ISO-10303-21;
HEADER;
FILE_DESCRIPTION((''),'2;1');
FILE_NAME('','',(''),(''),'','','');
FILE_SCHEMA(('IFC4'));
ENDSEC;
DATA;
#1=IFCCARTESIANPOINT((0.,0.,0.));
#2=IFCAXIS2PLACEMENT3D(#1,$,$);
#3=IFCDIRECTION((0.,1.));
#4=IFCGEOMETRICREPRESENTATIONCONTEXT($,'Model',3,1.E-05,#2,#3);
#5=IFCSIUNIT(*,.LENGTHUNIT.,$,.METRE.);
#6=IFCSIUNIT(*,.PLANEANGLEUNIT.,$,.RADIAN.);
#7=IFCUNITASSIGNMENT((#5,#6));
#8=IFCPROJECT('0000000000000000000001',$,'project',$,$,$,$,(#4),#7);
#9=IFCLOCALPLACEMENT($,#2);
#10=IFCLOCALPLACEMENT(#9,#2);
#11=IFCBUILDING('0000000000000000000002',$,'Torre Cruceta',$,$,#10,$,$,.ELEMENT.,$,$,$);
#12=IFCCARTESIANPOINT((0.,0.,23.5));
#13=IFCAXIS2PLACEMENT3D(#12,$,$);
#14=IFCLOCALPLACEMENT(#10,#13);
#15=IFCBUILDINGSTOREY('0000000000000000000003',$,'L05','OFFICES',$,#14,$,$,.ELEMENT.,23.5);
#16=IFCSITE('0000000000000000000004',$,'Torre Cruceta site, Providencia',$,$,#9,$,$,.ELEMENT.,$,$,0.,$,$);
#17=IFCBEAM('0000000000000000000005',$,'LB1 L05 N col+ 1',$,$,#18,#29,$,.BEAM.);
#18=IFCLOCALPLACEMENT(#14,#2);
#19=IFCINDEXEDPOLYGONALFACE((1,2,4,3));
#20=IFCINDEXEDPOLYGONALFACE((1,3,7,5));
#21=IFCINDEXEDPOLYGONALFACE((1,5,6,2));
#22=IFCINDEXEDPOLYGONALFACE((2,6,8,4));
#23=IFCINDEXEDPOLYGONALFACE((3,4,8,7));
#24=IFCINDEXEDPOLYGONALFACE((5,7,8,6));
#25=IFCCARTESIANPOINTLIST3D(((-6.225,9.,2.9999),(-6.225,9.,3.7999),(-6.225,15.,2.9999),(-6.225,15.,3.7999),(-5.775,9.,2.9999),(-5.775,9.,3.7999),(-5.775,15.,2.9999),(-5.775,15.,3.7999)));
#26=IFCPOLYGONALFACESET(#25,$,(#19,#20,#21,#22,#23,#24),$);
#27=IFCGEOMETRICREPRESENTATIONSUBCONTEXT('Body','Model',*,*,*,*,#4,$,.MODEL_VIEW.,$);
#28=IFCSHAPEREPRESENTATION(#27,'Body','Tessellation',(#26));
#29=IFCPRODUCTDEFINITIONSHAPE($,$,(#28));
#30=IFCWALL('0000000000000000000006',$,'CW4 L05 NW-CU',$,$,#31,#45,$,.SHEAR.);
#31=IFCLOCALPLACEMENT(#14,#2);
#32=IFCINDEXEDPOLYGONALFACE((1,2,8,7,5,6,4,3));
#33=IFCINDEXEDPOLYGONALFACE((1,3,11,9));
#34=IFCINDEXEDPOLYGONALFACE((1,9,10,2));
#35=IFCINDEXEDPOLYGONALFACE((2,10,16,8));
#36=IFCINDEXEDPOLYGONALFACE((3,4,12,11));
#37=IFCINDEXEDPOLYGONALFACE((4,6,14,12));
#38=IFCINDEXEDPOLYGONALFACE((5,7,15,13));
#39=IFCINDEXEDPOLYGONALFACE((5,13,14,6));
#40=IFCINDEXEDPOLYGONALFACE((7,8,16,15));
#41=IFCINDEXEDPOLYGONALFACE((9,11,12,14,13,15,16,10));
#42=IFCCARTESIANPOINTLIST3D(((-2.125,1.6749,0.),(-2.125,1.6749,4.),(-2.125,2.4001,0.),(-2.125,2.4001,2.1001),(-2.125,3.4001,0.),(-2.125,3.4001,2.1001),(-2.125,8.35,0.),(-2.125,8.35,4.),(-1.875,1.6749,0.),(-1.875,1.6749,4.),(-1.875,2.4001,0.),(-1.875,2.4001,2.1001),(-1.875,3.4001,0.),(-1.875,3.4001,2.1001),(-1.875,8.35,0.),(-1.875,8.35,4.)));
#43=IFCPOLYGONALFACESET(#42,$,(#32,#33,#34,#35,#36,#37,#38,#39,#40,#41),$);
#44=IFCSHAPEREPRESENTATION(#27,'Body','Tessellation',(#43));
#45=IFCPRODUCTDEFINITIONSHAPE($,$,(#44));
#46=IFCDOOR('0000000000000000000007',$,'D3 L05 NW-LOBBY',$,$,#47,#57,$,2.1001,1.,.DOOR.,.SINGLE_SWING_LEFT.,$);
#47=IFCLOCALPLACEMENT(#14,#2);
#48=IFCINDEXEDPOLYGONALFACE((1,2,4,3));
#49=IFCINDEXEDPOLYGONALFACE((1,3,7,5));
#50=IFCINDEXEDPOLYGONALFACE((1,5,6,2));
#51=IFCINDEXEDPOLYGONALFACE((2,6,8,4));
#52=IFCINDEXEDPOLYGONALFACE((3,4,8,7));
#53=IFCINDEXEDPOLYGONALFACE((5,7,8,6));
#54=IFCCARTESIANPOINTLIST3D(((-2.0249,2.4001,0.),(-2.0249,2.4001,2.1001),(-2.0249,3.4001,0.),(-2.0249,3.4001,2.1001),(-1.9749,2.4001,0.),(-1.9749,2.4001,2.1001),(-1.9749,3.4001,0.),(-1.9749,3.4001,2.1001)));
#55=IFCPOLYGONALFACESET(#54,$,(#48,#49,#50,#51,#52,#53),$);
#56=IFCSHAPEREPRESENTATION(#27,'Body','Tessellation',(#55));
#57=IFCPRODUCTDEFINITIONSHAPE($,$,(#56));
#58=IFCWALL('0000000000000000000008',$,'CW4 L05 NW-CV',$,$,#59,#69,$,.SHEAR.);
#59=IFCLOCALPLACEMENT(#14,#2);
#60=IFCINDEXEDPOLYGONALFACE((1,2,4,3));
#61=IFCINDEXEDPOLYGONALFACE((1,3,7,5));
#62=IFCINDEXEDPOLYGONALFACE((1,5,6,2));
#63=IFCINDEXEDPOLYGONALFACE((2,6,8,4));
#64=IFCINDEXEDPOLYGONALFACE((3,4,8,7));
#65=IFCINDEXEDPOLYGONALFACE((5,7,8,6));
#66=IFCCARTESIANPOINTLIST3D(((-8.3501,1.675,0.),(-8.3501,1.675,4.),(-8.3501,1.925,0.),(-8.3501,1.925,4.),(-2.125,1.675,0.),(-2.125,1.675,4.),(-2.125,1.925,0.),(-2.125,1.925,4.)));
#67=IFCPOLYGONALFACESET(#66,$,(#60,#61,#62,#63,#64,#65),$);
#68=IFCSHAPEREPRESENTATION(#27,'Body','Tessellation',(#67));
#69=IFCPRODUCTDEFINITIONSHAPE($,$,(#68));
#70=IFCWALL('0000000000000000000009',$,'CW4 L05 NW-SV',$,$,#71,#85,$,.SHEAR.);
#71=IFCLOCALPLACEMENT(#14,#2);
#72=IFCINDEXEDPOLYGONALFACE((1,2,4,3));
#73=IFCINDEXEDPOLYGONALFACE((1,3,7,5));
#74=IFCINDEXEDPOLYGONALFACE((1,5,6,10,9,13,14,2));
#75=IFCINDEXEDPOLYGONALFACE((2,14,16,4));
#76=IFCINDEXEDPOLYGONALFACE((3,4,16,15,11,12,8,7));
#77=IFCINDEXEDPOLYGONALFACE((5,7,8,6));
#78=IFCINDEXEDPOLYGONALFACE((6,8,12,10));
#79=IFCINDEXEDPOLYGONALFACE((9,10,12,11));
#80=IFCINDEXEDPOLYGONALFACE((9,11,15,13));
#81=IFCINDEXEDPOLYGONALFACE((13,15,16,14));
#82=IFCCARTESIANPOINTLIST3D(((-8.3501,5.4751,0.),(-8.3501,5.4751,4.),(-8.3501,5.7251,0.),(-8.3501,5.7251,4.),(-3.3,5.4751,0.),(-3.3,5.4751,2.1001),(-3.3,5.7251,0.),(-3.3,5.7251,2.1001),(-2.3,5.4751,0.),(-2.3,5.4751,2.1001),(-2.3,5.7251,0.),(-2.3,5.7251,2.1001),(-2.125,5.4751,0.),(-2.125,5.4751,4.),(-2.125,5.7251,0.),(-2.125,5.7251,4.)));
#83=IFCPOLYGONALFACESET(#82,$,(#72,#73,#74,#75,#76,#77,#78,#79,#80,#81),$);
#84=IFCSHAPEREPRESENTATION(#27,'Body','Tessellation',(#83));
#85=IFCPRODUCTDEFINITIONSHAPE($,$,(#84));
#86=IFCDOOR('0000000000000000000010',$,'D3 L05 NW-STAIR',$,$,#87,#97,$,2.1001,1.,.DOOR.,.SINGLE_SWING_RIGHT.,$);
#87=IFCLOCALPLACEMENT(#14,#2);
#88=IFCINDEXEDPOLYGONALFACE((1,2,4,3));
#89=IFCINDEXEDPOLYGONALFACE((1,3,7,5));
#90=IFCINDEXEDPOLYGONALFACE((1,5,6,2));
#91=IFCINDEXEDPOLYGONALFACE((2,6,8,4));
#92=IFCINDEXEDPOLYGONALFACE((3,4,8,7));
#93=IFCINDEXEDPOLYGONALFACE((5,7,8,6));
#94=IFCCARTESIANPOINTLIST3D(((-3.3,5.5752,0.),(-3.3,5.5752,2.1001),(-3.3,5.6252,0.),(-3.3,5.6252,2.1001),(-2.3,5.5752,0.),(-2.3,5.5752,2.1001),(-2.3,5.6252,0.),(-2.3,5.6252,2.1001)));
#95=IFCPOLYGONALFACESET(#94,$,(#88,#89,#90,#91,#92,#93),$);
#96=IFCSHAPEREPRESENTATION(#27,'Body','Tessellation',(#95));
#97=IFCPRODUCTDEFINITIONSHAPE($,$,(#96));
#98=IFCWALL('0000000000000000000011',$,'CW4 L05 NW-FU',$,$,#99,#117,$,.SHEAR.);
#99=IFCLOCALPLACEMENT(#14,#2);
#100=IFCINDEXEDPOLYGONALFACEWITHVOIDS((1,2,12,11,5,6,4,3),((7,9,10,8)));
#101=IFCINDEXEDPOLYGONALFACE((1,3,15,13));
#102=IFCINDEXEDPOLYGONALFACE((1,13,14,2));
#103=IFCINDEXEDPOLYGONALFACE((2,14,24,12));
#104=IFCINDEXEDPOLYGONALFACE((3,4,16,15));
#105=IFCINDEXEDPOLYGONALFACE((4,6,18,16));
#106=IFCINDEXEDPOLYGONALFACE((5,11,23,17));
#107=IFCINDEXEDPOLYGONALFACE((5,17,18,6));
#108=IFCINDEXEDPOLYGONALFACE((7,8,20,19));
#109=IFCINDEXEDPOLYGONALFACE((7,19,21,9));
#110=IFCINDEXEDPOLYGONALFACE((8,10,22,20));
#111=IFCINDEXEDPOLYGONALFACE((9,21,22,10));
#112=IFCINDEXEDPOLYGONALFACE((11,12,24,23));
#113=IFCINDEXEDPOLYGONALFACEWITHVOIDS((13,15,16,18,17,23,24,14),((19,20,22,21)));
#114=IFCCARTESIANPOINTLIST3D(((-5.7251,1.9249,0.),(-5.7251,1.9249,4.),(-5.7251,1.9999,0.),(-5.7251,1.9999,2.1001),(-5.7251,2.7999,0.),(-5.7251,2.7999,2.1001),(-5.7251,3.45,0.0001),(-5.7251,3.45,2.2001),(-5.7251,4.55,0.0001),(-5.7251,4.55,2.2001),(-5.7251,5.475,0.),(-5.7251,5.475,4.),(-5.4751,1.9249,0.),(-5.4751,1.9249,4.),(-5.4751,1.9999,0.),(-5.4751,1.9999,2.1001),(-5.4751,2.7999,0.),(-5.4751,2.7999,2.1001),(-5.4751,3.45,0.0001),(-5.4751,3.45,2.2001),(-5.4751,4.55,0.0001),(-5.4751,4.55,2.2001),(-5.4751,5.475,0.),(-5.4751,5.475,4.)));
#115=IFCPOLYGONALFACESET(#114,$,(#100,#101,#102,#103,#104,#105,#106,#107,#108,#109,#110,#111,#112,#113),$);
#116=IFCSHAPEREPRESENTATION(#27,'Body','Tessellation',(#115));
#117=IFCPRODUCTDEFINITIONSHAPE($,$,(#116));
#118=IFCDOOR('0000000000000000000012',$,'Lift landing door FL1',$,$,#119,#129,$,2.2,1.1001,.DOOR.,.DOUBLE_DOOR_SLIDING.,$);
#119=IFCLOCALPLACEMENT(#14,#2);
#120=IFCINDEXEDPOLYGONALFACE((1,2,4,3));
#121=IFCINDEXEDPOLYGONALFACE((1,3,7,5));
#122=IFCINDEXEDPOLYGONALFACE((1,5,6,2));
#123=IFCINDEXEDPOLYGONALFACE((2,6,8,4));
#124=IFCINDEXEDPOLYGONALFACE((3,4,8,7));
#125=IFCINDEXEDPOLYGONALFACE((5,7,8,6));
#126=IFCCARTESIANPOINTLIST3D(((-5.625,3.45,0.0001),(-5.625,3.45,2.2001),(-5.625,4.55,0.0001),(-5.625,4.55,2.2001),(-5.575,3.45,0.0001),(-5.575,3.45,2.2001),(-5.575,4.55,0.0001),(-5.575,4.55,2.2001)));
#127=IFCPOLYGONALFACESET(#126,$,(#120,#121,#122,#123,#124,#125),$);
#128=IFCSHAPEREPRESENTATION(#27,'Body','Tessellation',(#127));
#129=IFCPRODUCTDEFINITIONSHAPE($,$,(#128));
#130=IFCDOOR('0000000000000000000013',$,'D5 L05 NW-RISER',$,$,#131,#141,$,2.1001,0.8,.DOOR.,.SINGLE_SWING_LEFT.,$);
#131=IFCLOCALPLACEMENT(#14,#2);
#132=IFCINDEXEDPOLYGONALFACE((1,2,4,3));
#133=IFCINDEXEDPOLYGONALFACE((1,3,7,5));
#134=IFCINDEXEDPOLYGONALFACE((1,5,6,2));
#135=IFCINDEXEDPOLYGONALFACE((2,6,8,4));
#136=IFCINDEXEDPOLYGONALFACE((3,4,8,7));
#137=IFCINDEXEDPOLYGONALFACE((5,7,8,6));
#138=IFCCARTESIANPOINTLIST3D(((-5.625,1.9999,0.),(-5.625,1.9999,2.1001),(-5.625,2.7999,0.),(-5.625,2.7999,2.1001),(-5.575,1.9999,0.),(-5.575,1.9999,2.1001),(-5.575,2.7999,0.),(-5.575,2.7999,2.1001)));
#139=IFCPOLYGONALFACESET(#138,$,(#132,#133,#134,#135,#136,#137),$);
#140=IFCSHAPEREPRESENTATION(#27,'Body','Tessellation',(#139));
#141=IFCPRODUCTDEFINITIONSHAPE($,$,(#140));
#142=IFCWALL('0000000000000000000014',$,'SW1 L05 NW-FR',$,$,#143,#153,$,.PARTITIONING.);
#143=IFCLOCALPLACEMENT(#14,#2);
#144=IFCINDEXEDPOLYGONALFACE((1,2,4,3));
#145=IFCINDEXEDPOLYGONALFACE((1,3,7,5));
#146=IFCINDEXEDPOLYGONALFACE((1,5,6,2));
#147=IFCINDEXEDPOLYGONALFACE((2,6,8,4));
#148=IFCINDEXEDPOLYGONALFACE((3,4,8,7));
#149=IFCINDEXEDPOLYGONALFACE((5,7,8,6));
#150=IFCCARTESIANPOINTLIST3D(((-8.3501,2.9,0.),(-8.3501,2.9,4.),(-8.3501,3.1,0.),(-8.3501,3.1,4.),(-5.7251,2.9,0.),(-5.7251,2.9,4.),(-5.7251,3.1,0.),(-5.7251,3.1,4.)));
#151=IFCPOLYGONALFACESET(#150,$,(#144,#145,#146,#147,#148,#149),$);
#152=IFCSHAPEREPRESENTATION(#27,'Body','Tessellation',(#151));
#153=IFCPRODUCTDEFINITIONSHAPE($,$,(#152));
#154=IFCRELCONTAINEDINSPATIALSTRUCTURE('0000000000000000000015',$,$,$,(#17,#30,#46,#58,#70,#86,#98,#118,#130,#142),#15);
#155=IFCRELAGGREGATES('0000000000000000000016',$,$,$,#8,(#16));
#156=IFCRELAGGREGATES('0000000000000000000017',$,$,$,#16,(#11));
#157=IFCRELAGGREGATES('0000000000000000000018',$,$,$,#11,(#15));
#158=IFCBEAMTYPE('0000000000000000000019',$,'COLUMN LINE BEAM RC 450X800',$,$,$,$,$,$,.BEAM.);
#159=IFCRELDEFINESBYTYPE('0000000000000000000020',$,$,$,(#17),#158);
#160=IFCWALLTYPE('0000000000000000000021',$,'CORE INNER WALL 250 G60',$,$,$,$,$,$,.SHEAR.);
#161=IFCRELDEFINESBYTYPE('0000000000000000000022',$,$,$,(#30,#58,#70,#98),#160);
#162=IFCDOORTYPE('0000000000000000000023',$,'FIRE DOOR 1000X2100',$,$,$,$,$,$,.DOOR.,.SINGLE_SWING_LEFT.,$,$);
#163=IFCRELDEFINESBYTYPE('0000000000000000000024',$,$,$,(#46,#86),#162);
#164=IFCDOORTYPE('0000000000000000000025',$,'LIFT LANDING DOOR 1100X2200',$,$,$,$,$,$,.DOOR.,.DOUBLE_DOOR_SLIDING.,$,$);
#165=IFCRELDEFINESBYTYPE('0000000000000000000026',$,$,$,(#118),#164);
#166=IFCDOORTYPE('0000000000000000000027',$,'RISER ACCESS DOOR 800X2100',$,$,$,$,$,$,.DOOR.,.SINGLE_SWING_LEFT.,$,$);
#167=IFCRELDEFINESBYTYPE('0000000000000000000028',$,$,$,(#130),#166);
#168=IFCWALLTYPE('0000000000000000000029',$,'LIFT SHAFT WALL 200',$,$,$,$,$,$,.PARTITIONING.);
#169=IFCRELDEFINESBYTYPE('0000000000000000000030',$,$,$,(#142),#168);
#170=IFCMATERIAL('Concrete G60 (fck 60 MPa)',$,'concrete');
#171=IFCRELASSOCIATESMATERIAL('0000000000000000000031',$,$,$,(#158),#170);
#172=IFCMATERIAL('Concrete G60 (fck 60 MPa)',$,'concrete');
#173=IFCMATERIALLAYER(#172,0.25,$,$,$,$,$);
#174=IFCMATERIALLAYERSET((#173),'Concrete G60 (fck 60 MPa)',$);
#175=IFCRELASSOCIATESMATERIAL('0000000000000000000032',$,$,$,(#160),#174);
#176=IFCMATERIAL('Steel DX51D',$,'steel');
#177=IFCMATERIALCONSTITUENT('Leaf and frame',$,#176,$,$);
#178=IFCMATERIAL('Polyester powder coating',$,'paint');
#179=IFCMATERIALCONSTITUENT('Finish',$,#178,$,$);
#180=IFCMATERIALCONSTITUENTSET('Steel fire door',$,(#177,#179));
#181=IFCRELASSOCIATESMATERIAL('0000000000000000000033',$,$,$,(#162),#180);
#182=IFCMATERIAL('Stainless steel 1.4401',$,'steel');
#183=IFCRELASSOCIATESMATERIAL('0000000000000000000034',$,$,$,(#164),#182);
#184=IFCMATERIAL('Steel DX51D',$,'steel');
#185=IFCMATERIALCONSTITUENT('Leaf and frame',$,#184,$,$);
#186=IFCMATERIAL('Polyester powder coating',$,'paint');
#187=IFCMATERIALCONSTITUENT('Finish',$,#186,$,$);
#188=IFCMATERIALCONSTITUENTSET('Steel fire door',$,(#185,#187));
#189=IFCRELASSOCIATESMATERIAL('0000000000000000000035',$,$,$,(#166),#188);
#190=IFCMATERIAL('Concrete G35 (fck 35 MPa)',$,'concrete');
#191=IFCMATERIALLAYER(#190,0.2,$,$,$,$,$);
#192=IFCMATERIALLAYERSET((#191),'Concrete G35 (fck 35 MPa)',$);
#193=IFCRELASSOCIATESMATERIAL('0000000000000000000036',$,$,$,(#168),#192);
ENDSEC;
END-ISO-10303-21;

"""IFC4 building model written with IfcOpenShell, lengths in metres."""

from ifc_helpers import new_model, si_unit, direction, frame, frame_2d, origin, origin_2d, place, context, subcontext, project, spatial, rectangle, extrude, material, layer, layer_set, constituent, constituent_set, material_profile, profile_set, type_object, element, fill, save


model = new_model("IFC4")

# Units and contexts
model_context = context("Model", 3, precision=1e-05, world=origin(), true_north=direction((0.0, 1.0)))
body_context = subcontext(model_context, "Body", "Model", "MODEL_VIEW")
ifc_project = project(units=[si_unit("LENGTHUNIT", "METRE"), si_unit("PLANEANGLEUNIT", "RADIAN")], contexts=[model_context])

# Site, building, storey
site_placement = place(None, origin())
site = spatial("IfcSite", under=ifc_project, at=site_placement, Name="Torre Cruceta site, Providencia", CompositionType="ELEMENT", RefElevation=0.0)
building_placement = place(site_placement, origin())
building = spatial("IfcBuilding", under=site, at=building_placement, Name="Torre Cruceta", CompositionType="ELEMENT")
storey_placement = place(building_placement, frame((0.0, 0.0, 23.5)))
storey = spatial("IfcBuildingStorey", under=building, at=storey_placement, Name="L05", Description="OFFICES", CompositionType="ELEMENT", Elevation=23.5)

# Beam
ifc_material_1 = material(Name="Concrete G60 (fck 60 MPa)", Category="concrete")
ifc_material_profile = material_profile(ifc_material_1, rectangle(XDim=0.45, YDim=0.8, at=origin_2d()), Name="RC 450X800")
ifc_profile_set = profile_set([ifc_material_profile], Name="Concrete G60 (fck 60 MPa)")
beam_type = type_object("IfcBeamType", Name="COLUMN LINE BEAM RC 450X800", PredefinedType="BEAM", material=ifc_profile_set)
beam_placement = place(storey_placement, frame((-6.0, 9.0, 3.3999), z_axis=(0.0, 1.0, 0.0), x_axis=(-1.0, 0.0, 0.0)))
element("IfcBeam", 1, at=beam_placement, inside=storey, type_object=beam_type, Name="LB1 L05 N col+ 1", PredefinedType="BEAM", context=body_context, shape_type="SweptSolid", body=[
    extrude(rectangle(XDim=0.45, YDim=0.8, at=origin_2d()), origin(), (0.0, 0.0, 1.0), 6.0),
])

# Wall, opening, door
ifc_material_2 = material(Name="Concrete G60 (fck 60 MPa)", Category="concrete")
ifc_layer_1 = layer(ifc_material_2, 0.25)
ifc_layer_set_1 = layer_set([ifc_layer_1], Name="Concrete G60 (fck 60 MPa)")
wall_type_1 = type_object("IfcWallType", Name="CORE INNER WALL 250 G60", PredefinedType="SHEAR", material=ifc_layer_set_1)
wall_1_placement = place(storey_placement, frame((-2.0, 1.675, 0.0), z_axis=(0.0, 0.0, 1.0), x_axis=(0.0, 1.0, 0.0)))
wall_1 = element("IfcWall", 2, at=wall_1_placement, inside=storey, type_object=wall_type_1, Name="CW4 L05 NW-CU", PredefinedType="SHEAR", context=body_context, shape_type="SweptSolid", body=[
    extrude(rectangle(XDim=6.675, YDim=0.25, at=frame_2d((3.3374, 0.0))), origin(), (0.0, 0.0, 1.0), 4.0),
])
opening_1_placement = place(wall_1_placement, frame((0.7251, 0.0, 0.0)))
opening_1 = element("IfcOpeningElement", 3, at=opening_1_placement, cuts=wall_1, PredefinedType="OPENING", context=body_context, shape_type="SweptSolid", body=[
    extrude(rectangle(XDim=1.0, YDim=2.1001, at=frame_2d((0.5, 1.05))), frame((0.0, 0.135, 0.0), z_axis=(0.0, -1.0, 0.0), x_axis=(1.0, 0.0, 0.0)), (0.0, 0.0, 1.0), 0.27),
])
ifc_material_3 = material(Name="Steel DX51D", Category="steel")
ifc_constituent_1 = constituent(ifc_material_3, Name="Leaf and frame")
ifc_material_4 = material(Name="Polyester powder coating", Category="paint")
ifc_constituent_2 = constituent(ifc_material_4, Name="Finish")
ifc_constituent_set_1 = constituent_set(constituents=[ifc_constituent_1, ifc_constituent_2], Name="Steel fire door")
door_type_1 = type_object("IfcDoorType", Name="FIRE DOOR 1000X2100", OperationType="SINGLE_SWING_LEFT", PredefinedType="DOOR", material=ifc_constituent_set_1)
door_1_placement = place(opening_1_placement, origin())
door_1 = element("IfcDoor", 4, at=door_1_placement, inside=storey, type_object=door_type_1, Name="D3 L05 NW-LOBBY", OperationType="SINGLE_SWING_LEFT", OverallHeight=2.1001, OverallWidth=1.0, PredefinedType="DOOR", context=body_context, shape_type="SweptSolid", body=[
    extrude(rectangle(XDim=1.0, YDim=2.1001, at=frame_2d((0.5, 1.05))), frame((0.0, 0.0249, 0.0), z_axis=(0.0, -1.0, 0.0), x_axis=(1.0, 0.0, 0.0)), (0.0, 0.0, 1.0), 0.05),
])
fill(opening_1, door_1)

# Wall
wall_2_placement = place(storey_placement, frame((-2.125, 1.8, 0.0), z_axis=(0.0, 0.0, 1.0), x_axis=(-1.0, 0.0, 0.0)))
element("IfcWall", 5, at=wall_2_placement, inside=storey, type_object=wall_type_1, Name="CW4 L05 NW-CV", PredefinedType="SHEAR", context=body_context, shape_type="SweptSolid", body=[
    extrude(rectangle(XDim=6.2251, YDim=0.25, at=frame_2d((3.1125, 0.0))), origin(), (0.0, 0.0, 1.0), 4.0),
])

# Wall, opening, door
wall_3_placement = place(storey_placement, frame((-2.125, 5.6001, 0.0), z_axis=(0.0, 0.0, 1.0), x_axis=(-1.0, 0.0, 0.0)))
wall_3 = element("IfcWall", 6, at=wall_3_placement, inside=storey, type_object=wall_type_1, Name="CW4 L05 NW-SV", PredefinedType="SHEAR", context=body_context, shape_type="SweptSolid", body=[
    extrude(rectangle(XDim=6.2251, YDim=0.25, at=frame_2d((3.1125, 0.0))), origin(), (0.0, 0.0, 1.0), 4.0),
])
opening_2_placement = place(wall_3_placement, frame((0.175, 0.0, 0.0)))
opening_2 = element("IfcOpeningElement", 7, at=opening_2_placement, cuts=wall_3, PredefinedType="OPENING", context=body_context, shape_type="SweptSolid", body=[
    extrude(rectangle(XDim=1.0, YDim=2.1001, at=frame_2d((0.5, 1.05))), frame((0.0, 0.135, 0.0), z_axis=(0.0, -1.0, 0.0), x_axis=(1.0, 0.0, 0.0)), (0.0, 0.0, 1.0), 0.27),
])
door_2_placement = place(opening_2_placement, frame((1.0, 0.0, 0.0), z_axis=(0.0, 0.0, 1.0), x_axis=(-1.0, 0.0, 0.0)))
door_2 = element("IfcDoor", 8, at=door_2_placement, inside=storey, type_object=door_type_1, Name="D3 L05 NW-STAIR", OperationType="SINGLE_SWING_RIGHT", OverallHeight=2.1001, OverallWidth=1.0, PredefinedType="DOOR", context=body_context, shape_type="SweptSolid", body=[
    extrude(rectangle(XDim=1.0, YDim=2.1001, at=frame_2d((0.5, 1.05))), frame((0.0, 0.0251, 0.0), z_axis=(0.0, -1.0, 0.0), x_axis=(1.0, 0.0, 0.0)), (0.0, 0.0, 1.0), 0.05),
])
fill(opening_2, door_2)

# Wall, openings, doors
wall_4_placement = place(storey_placement, frame((-5.6001, 1.925, 0.0), z_axis=(0.0, 0.0, 1.0), x_axis=(0.0, 1.0, 0.0)))
wall_4 = element("IfcWall", 9, at=wall_4_placement, inside=storey, type_object=wall_type_1, Name="CW4 L05 NW-FU", PredefinedType="SHEAR", context=body_context, shape_type="SweptSolid", body=[
    extrude(rectangle(XDim=3.55, YDim=0.25, at=frame_2d((1.7749, 0.0))), origin(), (0.0, 0.0, 1.0), 4.0),
])
opening_3_placement = place(wall_4_placement, frame((1.5249, 0.0, 0.0)))
opening_3 = element("IfcOpeningElement", 10, at=opening_3_placement, cuts=wall_4, PredefinedType="OPENING", context=body_context, shape_type="SweptSolid", body=[
    extrude(rectangle(XDim=1.1001, YDim=2.2, at=frame_2d((0.55, 1.1001))), frame((0.0, 0.135, 0.0), z_axis=(0.0, -1.0, 0.0), x_axis=(1.0, 0.0, 0.0)), (0.0, 0.0, 1.0), 0.27),
])
opening_4_placement = place(wall_4_placement, frame((0.075, 0.0, 0.0)))
opening_4 = element("IfcOpeningElement", 11, at=opening_4_placement, cuts=wall_4, PredefinedType="OPENING", context=body_context, shape_type="SweptSolid", body=[
    extrude(rectangle(XDim=0.8, YDim=2.1001, at=frame_2d((0.3999, 1.05))), frame((0.0, 0.135, 0.0), z_axis=(0.0, -1.0, 0.0), x_axis=(1.0, 0.0, 0.0)), (0.0, 0.0, 1.0), 0.27),
])
ifc_material_5 = material(Name="Stainless steel 1.4401", Category="steel")
door_type_2 = type_object("IfcDoorType", Name="LIFT LANDING DOOR 1100X2200", OperationType="DOUBLE_DOOR_SLIDING", PredefinedType="DOOR", material=ifc_material_5)
door_3_placement = place(opening_3_placement, origin())
door_3 = element("IfcDoor", 12, at=door_3_placement, inside=storey, type_object=door_type_2, Name="Lift landing door FL1", OperationType="DOUBLE_DOOR_SLIDING", OverallHeight=2.2, OverallWidth=1.1001, PredefinedType="DOOR", context=body_context, shape_type="SweptSolid", body=[
    extrude(rectangle(XDim=1.1001, YDim=2.2, at=frame_2d((0.55, 1.1001))), frame((0.0, 0.0249, 0.0), z_axis=(0.0, -1.0, 0.0), x_axis=(1.0, 0.0, 0.0)), (0.0, 0.0, 1.0), 0.05),
])
fill(opening_3, door_3)
ifc_material_6 = material(Name="Steel DX51D", Category="steel")
ifc_constituent_3 = constituent(ifc_material_6, Name="Leaf and frame")
ifc_material_7 = material(Name="Polyester powder coating", Category="paint")
ifc_constituent_4 = constituent(ifc_material_7, Name="Finish")
ifc_constituent_set_2 = constituent_set(constituents=[ifc_constituent_3, ifc_constituent_4], Name="Steel fire door")
door_type_3 = type_object("IfcDoorType", Name="RISER ACCESS DOOR 800X2100", OperationType="SINGLE_SWING_LEFT", PredefinedType="DOOR", material=ifc_constituent_set_2)
door_4_placement = place(opening_4_placement, origin())
door_4 = element("IfcDoor", 13, at=door_4_placement, inside=storey, type_object=door_type_3, Name="D5 L05 NW-RISER", OperationType="SINGLE_SWING_LEFT", OverallHeight=2.1001, OverallWidth=0.8, PredefinedType="DOOR", context=body_context, shape_type="SweptSolid", body=[
    extrude(rectangle(XDim=0.8, YDim=2.1001, at=frame_2d((0.3999, 1.05))), frame((0.0, 0.0249, 0.0), z_axis=(0.0, -1.0, 0.0), x_axis=(1.0, 0.0, 0.0)), (0.0, 0.0, 1.0), 0.05),
])
fill(opening_4, door_4)

# Wall
ifc_material_8 = material(Name="Concrete G35 (fck 35 MPa)", Category="concrete")
ifc_layer_2 = layer(ifc_material_8, 0.2)
ifc_layer_set_2 = layer_set([ifc_layer_2], Name="Concrete G35 (fck 35 MPa)")
wall_type_2 = type_object("IfcWallType", Name="LIFT SHAFT WALL 200", PredefinedType="PARTITIONING", material=ifc_layer_set_2)
wall_5_placement = place(storey_placement, frame((-5.7251, 3.0, 0.0), z_axis=(0.0, 0.0, 1.0), x_axis=(-1.0, 0.0, 0.0)))
element("IfcWall", 14, at=wall_5_placement, inside=storey, type_object=wall_type_2, Name="SW1 L05 NW-FR", PredefinedType="PARTITIONING", context=body_context, shape_type="SweptSolid", body=[
    extrude(rectangle(XDim=2.625, YDim=0.2, at=frame_2d((1.3125, 0.0))), origin(), (0.0, 0.0, 1.0), 4.0),
])

save(model, "model.ifc")
